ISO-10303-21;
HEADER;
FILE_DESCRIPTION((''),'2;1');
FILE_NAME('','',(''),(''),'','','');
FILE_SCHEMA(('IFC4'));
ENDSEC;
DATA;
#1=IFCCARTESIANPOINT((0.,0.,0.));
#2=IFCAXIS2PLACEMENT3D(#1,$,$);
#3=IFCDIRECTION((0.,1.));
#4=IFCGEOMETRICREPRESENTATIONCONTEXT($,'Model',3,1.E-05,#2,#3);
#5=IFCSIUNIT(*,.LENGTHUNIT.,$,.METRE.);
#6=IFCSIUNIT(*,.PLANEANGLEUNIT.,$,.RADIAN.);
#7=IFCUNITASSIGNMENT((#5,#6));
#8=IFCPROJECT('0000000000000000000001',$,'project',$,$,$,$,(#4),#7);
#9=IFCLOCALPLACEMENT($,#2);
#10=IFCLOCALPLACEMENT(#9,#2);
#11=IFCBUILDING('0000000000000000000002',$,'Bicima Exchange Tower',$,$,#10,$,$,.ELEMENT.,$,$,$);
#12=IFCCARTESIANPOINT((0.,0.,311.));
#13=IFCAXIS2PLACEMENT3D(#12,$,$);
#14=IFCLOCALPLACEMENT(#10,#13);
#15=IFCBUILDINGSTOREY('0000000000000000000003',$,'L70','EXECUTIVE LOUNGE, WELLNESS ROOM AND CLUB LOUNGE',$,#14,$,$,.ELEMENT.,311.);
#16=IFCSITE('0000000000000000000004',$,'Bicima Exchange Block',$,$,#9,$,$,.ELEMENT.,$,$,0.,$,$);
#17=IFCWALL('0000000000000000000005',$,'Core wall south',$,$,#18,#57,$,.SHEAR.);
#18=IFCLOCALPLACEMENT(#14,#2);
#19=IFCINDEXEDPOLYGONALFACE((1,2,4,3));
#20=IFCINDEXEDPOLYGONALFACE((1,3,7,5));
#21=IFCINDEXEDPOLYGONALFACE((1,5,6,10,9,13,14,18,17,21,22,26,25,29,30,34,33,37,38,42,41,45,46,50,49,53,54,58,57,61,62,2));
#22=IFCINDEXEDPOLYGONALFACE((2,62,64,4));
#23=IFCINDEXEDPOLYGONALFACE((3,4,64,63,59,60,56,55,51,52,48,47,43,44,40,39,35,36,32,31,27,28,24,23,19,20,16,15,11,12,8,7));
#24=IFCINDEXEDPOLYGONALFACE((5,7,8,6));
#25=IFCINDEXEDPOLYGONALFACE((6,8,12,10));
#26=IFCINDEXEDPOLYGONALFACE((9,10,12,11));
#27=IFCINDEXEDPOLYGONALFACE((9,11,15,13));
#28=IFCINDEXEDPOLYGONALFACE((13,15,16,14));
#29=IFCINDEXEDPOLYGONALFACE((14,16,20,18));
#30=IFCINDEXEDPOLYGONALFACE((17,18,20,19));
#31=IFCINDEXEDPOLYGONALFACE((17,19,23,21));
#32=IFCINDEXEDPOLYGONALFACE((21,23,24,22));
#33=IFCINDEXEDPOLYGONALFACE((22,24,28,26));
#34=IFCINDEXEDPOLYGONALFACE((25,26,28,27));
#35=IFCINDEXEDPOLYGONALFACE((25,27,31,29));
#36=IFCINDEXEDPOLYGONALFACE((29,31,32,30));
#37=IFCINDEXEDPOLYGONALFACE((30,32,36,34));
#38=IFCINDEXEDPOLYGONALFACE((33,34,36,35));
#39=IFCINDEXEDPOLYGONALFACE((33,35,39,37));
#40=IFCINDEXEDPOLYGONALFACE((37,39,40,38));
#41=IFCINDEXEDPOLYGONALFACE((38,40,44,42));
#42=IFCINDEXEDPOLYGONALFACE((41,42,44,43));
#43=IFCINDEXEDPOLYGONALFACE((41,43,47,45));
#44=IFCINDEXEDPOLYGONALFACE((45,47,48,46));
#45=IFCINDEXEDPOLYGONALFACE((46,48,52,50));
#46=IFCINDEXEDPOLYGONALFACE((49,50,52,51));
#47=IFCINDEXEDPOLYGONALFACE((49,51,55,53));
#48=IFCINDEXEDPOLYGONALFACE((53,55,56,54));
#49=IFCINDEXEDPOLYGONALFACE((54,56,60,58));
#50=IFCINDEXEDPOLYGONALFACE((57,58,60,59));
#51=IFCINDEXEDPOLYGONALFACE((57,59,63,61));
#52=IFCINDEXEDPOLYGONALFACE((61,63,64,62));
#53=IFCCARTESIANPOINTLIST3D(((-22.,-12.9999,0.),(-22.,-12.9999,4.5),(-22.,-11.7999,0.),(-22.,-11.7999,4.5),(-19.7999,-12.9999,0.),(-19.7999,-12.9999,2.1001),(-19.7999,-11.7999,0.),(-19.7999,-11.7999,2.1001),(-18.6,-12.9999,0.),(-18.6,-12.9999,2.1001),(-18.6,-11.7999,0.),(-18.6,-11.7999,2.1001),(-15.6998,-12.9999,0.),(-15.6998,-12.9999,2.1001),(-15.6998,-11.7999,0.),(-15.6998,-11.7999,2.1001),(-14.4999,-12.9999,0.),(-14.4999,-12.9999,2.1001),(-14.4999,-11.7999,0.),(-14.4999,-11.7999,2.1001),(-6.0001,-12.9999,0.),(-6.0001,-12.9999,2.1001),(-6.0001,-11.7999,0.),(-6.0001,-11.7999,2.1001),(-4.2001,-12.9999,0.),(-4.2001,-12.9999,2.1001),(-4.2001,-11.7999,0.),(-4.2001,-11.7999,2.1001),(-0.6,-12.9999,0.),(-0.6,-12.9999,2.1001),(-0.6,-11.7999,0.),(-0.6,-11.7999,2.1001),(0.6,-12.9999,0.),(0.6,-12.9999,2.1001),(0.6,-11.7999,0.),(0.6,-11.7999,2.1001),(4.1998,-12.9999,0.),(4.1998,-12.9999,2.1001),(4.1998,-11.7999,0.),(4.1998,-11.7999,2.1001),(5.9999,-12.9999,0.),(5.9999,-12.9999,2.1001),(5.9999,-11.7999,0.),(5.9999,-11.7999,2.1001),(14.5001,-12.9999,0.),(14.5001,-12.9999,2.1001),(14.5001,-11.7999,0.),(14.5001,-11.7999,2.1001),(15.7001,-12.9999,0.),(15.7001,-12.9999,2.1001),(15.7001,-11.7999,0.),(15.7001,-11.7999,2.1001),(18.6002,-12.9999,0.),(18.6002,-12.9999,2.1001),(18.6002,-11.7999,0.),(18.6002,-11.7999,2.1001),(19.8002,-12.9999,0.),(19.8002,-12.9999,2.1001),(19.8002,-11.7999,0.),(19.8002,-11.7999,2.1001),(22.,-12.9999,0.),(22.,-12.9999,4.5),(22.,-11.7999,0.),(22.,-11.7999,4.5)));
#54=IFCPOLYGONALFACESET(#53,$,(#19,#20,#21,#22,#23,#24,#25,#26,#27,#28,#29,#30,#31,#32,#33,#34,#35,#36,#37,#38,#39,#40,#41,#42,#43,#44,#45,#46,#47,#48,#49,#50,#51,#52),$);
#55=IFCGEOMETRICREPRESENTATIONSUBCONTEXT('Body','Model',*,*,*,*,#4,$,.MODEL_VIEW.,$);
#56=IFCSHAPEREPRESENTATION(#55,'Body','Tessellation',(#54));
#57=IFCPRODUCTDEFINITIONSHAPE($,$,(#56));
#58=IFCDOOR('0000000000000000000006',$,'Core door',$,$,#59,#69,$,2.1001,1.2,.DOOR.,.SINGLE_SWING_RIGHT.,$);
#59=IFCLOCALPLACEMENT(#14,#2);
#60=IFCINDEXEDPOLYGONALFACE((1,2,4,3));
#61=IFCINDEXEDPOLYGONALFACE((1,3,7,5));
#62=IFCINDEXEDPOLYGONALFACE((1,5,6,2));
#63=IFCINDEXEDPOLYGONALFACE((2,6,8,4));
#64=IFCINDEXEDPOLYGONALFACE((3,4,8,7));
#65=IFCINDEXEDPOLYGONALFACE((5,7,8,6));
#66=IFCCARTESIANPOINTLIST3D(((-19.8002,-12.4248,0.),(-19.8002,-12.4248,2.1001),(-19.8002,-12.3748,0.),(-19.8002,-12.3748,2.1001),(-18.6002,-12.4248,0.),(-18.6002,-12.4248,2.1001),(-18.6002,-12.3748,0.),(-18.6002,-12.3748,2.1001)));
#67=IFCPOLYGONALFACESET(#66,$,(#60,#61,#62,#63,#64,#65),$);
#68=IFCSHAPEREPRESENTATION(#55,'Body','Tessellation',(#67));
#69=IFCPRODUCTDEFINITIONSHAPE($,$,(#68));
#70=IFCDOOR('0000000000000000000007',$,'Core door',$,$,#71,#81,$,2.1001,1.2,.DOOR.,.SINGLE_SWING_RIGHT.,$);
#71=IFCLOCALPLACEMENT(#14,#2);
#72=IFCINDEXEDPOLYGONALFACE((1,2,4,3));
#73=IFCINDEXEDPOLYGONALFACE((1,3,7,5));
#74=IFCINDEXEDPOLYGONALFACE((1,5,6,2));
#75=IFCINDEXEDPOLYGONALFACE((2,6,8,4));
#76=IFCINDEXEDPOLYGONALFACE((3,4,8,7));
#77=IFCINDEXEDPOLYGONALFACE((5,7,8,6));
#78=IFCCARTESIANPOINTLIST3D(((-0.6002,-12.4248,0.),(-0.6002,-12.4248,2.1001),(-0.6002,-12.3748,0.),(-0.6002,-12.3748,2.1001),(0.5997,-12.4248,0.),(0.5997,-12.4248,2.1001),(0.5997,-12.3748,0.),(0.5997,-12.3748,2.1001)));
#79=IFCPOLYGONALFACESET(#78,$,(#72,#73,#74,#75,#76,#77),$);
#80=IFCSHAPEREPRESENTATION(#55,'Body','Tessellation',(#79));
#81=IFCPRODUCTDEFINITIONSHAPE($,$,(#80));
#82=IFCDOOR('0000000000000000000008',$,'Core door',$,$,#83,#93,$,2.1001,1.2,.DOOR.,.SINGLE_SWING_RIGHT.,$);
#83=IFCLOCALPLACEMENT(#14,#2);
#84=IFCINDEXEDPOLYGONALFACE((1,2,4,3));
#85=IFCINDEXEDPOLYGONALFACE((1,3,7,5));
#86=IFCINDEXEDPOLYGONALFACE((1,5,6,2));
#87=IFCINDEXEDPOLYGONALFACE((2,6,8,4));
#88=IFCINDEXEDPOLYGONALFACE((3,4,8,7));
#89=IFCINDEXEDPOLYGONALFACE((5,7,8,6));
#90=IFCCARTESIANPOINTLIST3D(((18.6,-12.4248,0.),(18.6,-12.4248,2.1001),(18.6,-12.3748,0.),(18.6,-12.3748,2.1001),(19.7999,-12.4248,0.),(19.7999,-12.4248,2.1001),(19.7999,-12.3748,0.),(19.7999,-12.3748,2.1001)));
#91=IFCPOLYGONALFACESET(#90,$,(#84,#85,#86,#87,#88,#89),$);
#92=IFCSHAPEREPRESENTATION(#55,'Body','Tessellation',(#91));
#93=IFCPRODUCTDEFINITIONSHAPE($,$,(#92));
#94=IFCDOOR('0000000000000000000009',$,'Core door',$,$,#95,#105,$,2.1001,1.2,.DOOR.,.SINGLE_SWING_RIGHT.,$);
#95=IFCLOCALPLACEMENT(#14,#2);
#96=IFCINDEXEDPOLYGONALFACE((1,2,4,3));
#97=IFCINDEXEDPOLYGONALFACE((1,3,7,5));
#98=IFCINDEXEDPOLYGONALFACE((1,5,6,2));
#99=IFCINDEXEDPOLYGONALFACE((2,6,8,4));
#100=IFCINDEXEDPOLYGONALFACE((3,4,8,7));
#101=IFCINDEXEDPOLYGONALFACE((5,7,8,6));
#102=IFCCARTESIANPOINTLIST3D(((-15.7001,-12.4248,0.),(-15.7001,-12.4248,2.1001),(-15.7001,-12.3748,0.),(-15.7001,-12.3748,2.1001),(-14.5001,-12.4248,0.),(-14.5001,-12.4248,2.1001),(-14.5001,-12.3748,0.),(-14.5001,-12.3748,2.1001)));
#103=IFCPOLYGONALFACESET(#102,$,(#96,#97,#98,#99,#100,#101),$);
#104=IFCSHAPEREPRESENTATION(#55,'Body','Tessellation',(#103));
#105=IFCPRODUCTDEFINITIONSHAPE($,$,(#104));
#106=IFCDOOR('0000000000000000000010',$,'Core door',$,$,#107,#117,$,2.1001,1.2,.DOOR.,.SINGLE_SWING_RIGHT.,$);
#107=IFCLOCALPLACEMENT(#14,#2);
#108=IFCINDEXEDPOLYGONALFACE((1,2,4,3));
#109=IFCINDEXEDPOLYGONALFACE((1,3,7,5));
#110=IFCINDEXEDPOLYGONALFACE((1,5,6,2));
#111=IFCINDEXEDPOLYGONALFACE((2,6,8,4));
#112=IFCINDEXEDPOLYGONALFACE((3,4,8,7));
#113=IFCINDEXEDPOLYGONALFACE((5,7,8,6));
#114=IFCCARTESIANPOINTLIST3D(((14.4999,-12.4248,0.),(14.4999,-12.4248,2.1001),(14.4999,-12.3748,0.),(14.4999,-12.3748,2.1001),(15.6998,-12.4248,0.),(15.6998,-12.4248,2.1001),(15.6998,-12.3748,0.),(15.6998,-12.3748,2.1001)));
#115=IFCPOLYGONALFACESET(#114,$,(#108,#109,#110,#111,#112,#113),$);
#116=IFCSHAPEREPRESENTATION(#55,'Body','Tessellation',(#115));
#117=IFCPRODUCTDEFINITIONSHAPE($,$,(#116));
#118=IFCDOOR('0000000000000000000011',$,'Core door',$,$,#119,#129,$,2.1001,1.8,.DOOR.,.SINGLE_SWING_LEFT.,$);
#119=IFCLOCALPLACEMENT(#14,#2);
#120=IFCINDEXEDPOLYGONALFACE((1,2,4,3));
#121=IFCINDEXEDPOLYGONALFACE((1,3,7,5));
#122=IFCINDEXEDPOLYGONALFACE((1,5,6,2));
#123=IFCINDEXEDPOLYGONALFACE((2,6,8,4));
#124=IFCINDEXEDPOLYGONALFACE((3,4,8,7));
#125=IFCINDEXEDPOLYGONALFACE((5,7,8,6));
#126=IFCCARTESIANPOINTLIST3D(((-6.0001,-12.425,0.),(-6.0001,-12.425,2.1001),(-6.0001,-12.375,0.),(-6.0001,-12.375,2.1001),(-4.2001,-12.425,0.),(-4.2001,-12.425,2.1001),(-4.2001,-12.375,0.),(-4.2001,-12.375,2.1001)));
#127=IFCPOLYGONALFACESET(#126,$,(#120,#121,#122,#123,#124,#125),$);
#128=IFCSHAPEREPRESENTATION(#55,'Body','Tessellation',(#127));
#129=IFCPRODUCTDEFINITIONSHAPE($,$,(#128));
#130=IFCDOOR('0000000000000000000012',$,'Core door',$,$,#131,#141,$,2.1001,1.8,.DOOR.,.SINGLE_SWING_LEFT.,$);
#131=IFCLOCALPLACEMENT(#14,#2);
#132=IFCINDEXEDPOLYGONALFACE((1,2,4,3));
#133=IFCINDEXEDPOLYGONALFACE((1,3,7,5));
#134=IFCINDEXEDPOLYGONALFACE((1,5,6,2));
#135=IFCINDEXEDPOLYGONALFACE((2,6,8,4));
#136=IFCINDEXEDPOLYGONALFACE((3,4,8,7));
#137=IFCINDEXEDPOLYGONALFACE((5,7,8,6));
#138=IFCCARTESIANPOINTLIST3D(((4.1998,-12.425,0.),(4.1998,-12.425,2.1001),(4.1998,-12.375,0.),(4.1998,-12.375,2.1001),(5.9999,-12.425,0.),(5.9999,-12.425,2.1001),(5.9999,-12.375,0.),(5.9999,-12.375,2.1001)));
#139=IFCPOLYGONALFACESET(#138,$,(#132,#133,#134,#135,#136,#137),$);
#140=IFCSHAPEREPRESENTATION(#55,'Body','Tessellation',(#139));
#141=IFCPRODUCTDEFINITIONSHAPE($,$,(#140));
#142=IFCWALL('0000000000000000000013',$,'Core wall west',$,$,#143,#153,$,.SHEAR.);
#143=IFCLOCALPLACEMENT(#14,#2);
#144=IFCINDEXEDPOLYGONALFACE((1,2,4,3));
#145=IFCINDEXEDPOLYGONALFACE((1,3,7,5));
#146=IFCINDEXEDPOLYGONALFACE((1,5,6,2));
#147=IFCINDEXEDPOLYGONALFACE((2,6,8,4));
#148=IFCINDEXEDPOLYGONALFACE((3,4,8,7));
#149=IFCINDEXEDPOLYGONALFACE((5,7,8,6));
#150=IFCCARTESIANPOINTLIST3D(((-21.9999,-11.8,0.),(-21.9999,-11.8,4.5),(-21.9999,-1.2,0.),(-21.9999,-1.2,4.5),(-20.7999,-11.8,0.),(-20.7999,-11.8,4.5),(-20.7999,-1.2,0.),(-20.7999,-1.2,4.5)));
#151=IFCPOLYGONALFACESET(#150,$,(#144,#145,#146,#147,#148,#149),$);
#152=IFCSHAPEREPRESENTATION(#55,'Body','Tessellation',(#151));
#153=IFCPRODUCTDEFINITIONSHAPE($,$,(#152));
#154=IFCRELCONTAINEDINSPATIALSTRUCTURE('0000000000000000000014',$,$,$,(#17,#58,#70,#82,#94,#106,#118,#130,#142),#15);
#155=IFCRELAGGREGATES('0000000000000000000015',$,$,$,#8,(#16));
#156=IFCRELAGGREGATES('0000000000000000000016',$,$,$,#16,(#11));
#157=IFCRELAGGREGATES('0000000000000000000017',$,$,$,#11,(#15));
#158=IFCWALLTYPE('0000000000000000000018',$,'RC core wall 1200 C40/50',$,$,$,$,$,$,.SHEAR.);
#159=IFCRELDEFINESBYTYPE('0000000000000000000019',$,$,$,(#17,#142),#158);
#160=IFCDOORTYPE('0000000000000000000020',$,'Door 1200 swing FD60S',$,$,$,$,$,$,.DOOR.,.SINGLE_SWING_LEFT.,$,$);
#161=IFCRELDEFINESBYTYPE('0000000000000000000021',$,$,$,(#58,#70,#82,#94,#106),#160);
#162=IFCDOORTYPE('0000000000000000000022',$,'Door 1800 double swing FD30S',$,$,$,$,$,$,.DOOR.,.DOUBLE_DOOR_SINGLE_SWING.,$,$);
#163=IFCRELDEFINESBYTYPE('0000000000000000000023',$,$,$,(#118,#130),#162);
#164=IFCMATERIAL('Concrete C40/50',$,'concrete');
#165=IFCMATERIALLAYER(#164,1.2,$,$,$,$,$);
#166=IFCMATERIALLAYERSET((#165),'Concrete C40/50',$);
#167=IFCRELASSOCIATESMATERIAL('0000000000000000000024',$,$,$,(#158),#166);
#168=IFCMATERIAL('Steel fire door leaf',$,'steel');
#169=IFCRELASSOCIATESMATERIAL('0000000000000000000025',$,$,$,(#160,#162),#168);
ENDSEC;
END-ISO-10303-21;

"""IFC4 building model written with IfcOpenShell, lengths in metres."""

from ifc_helpers import new_model, si_unit, direction, frame, frame_2d, origin, place, context, subcontext, project, spatial, rectangle, extrude, material, layer, layer_set, type_object, element, fill, save


model = new_model("IFC4")

# Units and contexts
model_context = context("Model", 3, precision=1e-05, world=origin(), true_north=direction((0.0, 1.0)))
body_context = subcontext(model_context, "Body", "Model", "MODEL_VIEW")
ifc_project = project(units=[si_unit("LENGTHUNIT", "METRE"), si_unit("PLANEANGLEUNIT", "RADIAN")], contexts=[model_context])

# Site, building, storey
site_placement = place(None, origin())
site = spatial("IfcSite", under=ifc_project, at=site_placement, Name="Bicima Exchange Block", CompositionType="ELEMENT", RefElevation=0.0)
building_placement = place(site_placement, origin())
building = spatial("IfcBuilding", under=site, at=building_placement, Name="Bicima Exchange Tower", CompositionType="ELEMENT")
storey_placement = place(building_placement, frame((0.0, 0.0, 311.0)))
storey = spatial("IfcBuildingStorey", under=building, at=storey_placement, Name="L70", Description="EXECUTIVE LOUNGE, WELLNESS ROOM AND CLUB LOUNGE", CompositionType="ELEMENT", Elevation=311.0)

# Wall, openings, doors
ifc_material_1 = material(Name="Concrete C40/50", Category="concrete")
ifc_layer_1 = layer(ifc_material_1, 1.2)
ifc_layer_set_1 = layer_set([ifc_layer_1], Name="Concrete C40/50")
wall_type_1 = type_object("IfcWallType", Name="RC core wall 1200 C40/50", PredefinedType="SHEAR", material=ifc_layer_set_1)
ifc_material_2 = material(Name="Steel fire door leaf", Category="steel")
wall_1_placement = place(storey_placement, frame((-22.0, -12.3999, 0.0), z_axis=(0.0, 0.0, 1.0), x_axis=(1.0, 0.0, 0.0)))
wall_1 = element("IfcWall", 1, at=wall_1_placement, inside=storey, type_object=wall_type_1, Name="Core wall south", PredefinedType="SHEAR", context=body_context, shape_type="SweptSolid", body=[
    extrude(rectangle(XDim=44.0, YDim=1.2, at=frame_2d((22.0, 0.0))), origin(), (0.0, 0.0, 1.0), 4.5),
])
opening_1_placement = place(wall_1_placement, frame((2.2, 0.0, 0.0)))
opening_1 = element("IfcOpeningElement", 2, at=opening_1_placement, cuts=wall_1, PredefinedType="OPENING", context=body_context, shape_type="SweptSolid", body=[
    extrude(rectangle(XDim=1.2, YDim=2.1001, at=frame_2d((0.6001, 1.05))), frame((0.0, 0.6118, 0.0), z_axis=(0.0, -1.0, 0.0), x_axis=(1.0, 0.0, 0.0)), (0.0, 0.0, 1.0), 1.2239),
])
opening_2_placement = place(wall_1_placement, frame((21.3999, 0.0, 0.0)))
opening_2 = element("IfcOpeningElement", 3, at=opening_2_placement, cuts=wall_1, PredefinedType="OPENING", context=body_context, shape_type="SweptSolid", body=[
    extrude(rectangle(XDim=1.2, YDim=2.1001, at=frame_2d((0.6001, 1.05))), frame((0.0, 0.6118, 0.0), z_axis=(0.0, -1.0, 0.0), x_axis=(1.0, 0.0, 0.0)), (0.0, 0.0, 1.0), 1.2239),
])
opening_3_placement = place(wall_1_placement, frame((40.6001, 0.0, 0.0)))
opening_3 = element("IfcOpeningElement", 4, at=opening_3_placement, cuts=wall_1, PredefinedType="OPENING", context=body_context, shape_type="SweptSolid", body=[
    extrude(rectangle(XDim=1.2, YDim=2.1001, at=frame_2d((0.6001, 1.05))), frame((0.0, 0.6118, 0.0), z_axis=(0.0, -1.0, 0.0), x_axis=(1.0, 0.0, 0.0)), (0.0, 0.0, 1.0), 1.2239),
])
opening_4_placement = place(wall_1_placement, frame((16.0, 0.0, 0.0)))
opening_4 = element("IfcOpeningElement", 5, at=opening_4_placement, cuts=wall_1, PredefinedType="OPENING", context=body_context, shape_type="SweptSolid", body=[
    extrude(rectangle(XDim=1.8, YDim=2.1001, at=frame_2d((0.8999, 1.05))), frame((0.0, 0.6118, 0.0), z_axis=(0.0, -1.0, 0.0), x_axis=(1.0, 0.0, 0.0)), (0.0, 0.0, 1.0), 1.2239),
])
opening_5_placement = place(wall_1_placement, frame((6.3, 0.0, 0.0)))
opening_5 = element("IfcOpeningElement", 6, at=opening_5_placement, cuts=wall_1, PredefinedType="OPENING", context=body_context, shape_type="SweptSolid", body=[
    extrude(rectangle(XDim=1.2, YDim=2.1001, at=frame_2d((0.6001, 1.05))), frame((0.0, 0.6118, 0.0), z_axis=(0.0, -1.0, 0.0), x_axis=(1.0, 0.0, 0.0)), (0.0, 0.0, 1.0), 1.2239),
])
opening_6_placement = place(wall_1_placement, frame((26.2, 0.0, 0.0)))
opening_6 = element("IfcOpeningElement", 7, at=opening_6_placement, cuts=wall_1, PredefinedType="OPENING", context=body_context, shape_type="SweptSolid", body=[
    extrude(rectangle(XDim=1.8, YDim=2.1001, at=frame_2d((0.8999, 1.05))), frame((0.0, 0.6118, 0.0), z_axis=(0.0, -1.0, 0.0), x_axis=(1.0, 0.0, 0.0)), (0.0, 0.0, 1.0), 1.2239),
])
opening_7_placement = place(wall_1_placement, frame((36.5, 0.0, 0.0)))
opening_7 = element("IfcOpeningElement", 8, at=opening_7_placement, cuts=wall_1, PredefinedType="OPENING", context=body_context, shape_type="SweptSolid", body=[
    extrude(rectangle(XDim=1.2, YDim=2.1001, at=frame_2d((0.6001, 1.05))), frame((0.0, 0.6118, 0.0), z_axis=(0.0, -1.0, 0.0), x_axis=(1.0, 0.0, 0.0)), (0.0, 0.0, 1.0), 1.2239),
])
door_type_1 = type_object("IfcDoorType", Name="Door 1200 swing FD60S", OperationType="SINGLE_SWING_LEFT", PredefinedType="DOOR", material=ifc_material_2)
door_1_placement = place(opening_1_placement, frame((1.2, 0.0, 0.0), z_axis=(0.0, 0.0, 1.0), x_axis=(-1.0, 0.0, 0.0)))
door_1 = element("IfcDoor", 9, at=door_1_placement, inside=storey, type_object=door_type_1, Name="Core door", OperationType="SINGLE_SWING_RIGHT", OverallHeight=2.1001, OverallWidth=1.2, PredefinedType="DOOR", context=body_context, shape_type="SweptSolid", body=[
    extrude(rectangle(XDim=1.2, YDim=2.1001, at=frame_2d((0.6001, 1.05))), frame((0.0, 0.0249, 0.0), z_axis=(0.0, -1.0, 0.0), x_axis=(1.0, 0.0, 0.0)), (0.0, 0.0, 1.0), 0.05),
])
fill(opening_1, door_1)
door_2_placement = place(opening_2_placement, frame((1.2, 0.0, 0.0), z_axis=(0.0, 0.0, 1.0), x_axis=(-1.0, 0.0, 0.0)))
door_2 = element("IfcDoor", 10, at=door_2_placement, inside=storey, type_object=door_type_1, Name="Core door", OperationType="SINGLE_SWING_RIGHT", OverallHeight=2.1001, OverallWidth=1.2, PredefinedType="DOOR", context=body_context, shape_type="SweptSolid", body=[
    extrude(rectangle(XDim=1.2, YDim=2.1001, at=frame_2d((0.6001, 1.05))), frame((0.0, 0.0249, 0.0), z_axis=(0.0, -1.0, 0.0), x_axis=(1.0, 0.0, 0.0)), (0.0, 0.0, 1.0), 0.05),
])
fill(opening_2, door_2)
door_3_placement = place(opening_3_placement, frame((1.2, 0.0, 0.0), z_axis=(0.0, 0.0, 1.0), x_axis=(-1.0, 0.0, 0.0)))
door_3 = element("IfcDoor", 11, at=door_3_placement, inside=storey, type_object=door_type_1, Name="Core door", OperationType="SINGLE_SWING_RIGHT", OverallHeight=2.1001, OverallWidth=1.2, PredefinedType="DOOR", context=body_context, shape_type="SweptSolid", body=[
    extrude(rectangle(XDim=1.2, YDim=2.1001, at=frame_2d((0.6001, 1.05))), frame((0.0, 0.0249, 0.0), z_axis=(0.0, -1.0, 0.0), x_axis=(1.0, 0.0, 0.0)), (0.0, 0.0, 1.0), 0.05),
])
fill(opening_3, door_3)
door_4_placement = place(opening_5_placement, frame((1.2, 0.0, 0.0), z_axis=(0.0, 0.0, 1.0), x_axis=(-1.0, 0.0, 0.0)))
door_4 = element("IfcDoor", 12, at=door_4_placement, inside=storey, type_object=door_type_1, Name="Core door", OperationType="SINGLE_SWING_RIGHT", OverallHeight=2.1001, OverallWidth=1.2, PredefinedType="DOOR", context=body_context, shape_type="SweptSolid", body=[
    extrude(rectangle(XDim=1.2, YDim=2.1001, at=frame_2d((0.6001, 1.05))), frame((0.0, 0.0249, 0.0), z_axis=(0.0, -1.0, 0.0), x_axis=(1.0, 0.0, 0.0)), (0.0, 0.0, 1.0), 0.05),
])
fill(opening_5, door_4)
door_5_placement = place(opening_7_placement, frame((1.2, 0.0, 0.0), z_axis=(0.0, 0.0, 1.0), x_axis=(-1.0, 0.0, 0.0)))
door_5 = element("IfcDoor", 13, at=door_5_placement, inside=storey, type_object=door_type_1, Name="Core door", OperationType="SINGLE_SWING_RIGHT", OverallHeight=2.1001, OverallWidth=1.2, PredefinedType="DOOR", context=body_context, shape_type="SweptSolid", body=[
    extrude(rectangle(XDim=1.2, YDim=2.1001, at=frame_2d((0.6001, 1.05))), frame((0.0, 0.0249, 0.0), z_axis=(0.0, -1.0, 0.0), x_axis=(1.0, 0.0, 0.0)), (0.0, 0.0, 1.0), 0.05),
])
fill(opening_7, door_5)
door_type_2 = type_object("IfcDoorType", Name="Door 1800 double swing FD30S", OperationType="DOUBLE_DOOR_SINGLE_SWING", PredefinedType="DOOR", material=ifc_material_2)
door_6_placement = place(opening_4_placement, origin())
door_6 = element("IfcDoor", 14, at=door_6_placement, inside=storey, type_object=door_type_2, Name="Core door", OperationType="SINGLE_SWING_LEFT", OverallHeight=2.1001, OverallWidth=1.8, PredefinedType="DOOR", context=body_context, shape_type="SweptSolid", body=[
    extrude(rectangle(XDim=1.8, YDim=2.1001, at=frame_2d((0.8999, 1.05))), frame((0.0, 0.0249, 0.0), z_axis=(0.0, -1.0, 0.0), x_axis=(1.0, 0.0, 0.0)), (0.0, 0.0, 1.0), 0.05),
])
fill(opening_4, door_6)
door_7_placement = place(opening_6_placement, origin())
door_7 = element("IfcDoor", 15, at=door_7_placement, inside=storey, type_object=door_type_2, Name="Core door", OperationType="SINGLE_SWING_LEFT", OverallHeight=2.1001, OverallWidth=1.8, PredefinedType="DOOR", context=body_context, shape_type="SweptSolid", body=[
    extrude(rectangle(XDim=1.8, YDim=2.1001, at=frame_2d((0.8999, 1.05))), frame((0.0, 0.0249, 0.0), z_axis=(0.0, -1.0, 0.0), x_axis=(1.0, 0.0, 0.0)), (0.0, 0.0, 1.0), 0.05),
])
fill(opening_6, door_7)

# Wall
wall_2_placement = place(storey_placement, frame((-21.3999, -11.8, 0.0), z_axis=(0.0, 0.0, 1.0), x_axis=(0.0, 1.0, 0.0)))
element("IfcWall", 16, at=wall_2_placement, inside=storey, type_object=wall_type_1, Name="Core wall west", PredefinedType="SHEAR", context=body_context, shape_type="SweptSolid", body=[
    extrude(rectangle(XDim=10.6001, YDim=1.2, at=frame_2d((5.3, 0.0))), origin(), (0.0, 0.0, 1.0), 4.5),
])

save(model, "model.ifc")
